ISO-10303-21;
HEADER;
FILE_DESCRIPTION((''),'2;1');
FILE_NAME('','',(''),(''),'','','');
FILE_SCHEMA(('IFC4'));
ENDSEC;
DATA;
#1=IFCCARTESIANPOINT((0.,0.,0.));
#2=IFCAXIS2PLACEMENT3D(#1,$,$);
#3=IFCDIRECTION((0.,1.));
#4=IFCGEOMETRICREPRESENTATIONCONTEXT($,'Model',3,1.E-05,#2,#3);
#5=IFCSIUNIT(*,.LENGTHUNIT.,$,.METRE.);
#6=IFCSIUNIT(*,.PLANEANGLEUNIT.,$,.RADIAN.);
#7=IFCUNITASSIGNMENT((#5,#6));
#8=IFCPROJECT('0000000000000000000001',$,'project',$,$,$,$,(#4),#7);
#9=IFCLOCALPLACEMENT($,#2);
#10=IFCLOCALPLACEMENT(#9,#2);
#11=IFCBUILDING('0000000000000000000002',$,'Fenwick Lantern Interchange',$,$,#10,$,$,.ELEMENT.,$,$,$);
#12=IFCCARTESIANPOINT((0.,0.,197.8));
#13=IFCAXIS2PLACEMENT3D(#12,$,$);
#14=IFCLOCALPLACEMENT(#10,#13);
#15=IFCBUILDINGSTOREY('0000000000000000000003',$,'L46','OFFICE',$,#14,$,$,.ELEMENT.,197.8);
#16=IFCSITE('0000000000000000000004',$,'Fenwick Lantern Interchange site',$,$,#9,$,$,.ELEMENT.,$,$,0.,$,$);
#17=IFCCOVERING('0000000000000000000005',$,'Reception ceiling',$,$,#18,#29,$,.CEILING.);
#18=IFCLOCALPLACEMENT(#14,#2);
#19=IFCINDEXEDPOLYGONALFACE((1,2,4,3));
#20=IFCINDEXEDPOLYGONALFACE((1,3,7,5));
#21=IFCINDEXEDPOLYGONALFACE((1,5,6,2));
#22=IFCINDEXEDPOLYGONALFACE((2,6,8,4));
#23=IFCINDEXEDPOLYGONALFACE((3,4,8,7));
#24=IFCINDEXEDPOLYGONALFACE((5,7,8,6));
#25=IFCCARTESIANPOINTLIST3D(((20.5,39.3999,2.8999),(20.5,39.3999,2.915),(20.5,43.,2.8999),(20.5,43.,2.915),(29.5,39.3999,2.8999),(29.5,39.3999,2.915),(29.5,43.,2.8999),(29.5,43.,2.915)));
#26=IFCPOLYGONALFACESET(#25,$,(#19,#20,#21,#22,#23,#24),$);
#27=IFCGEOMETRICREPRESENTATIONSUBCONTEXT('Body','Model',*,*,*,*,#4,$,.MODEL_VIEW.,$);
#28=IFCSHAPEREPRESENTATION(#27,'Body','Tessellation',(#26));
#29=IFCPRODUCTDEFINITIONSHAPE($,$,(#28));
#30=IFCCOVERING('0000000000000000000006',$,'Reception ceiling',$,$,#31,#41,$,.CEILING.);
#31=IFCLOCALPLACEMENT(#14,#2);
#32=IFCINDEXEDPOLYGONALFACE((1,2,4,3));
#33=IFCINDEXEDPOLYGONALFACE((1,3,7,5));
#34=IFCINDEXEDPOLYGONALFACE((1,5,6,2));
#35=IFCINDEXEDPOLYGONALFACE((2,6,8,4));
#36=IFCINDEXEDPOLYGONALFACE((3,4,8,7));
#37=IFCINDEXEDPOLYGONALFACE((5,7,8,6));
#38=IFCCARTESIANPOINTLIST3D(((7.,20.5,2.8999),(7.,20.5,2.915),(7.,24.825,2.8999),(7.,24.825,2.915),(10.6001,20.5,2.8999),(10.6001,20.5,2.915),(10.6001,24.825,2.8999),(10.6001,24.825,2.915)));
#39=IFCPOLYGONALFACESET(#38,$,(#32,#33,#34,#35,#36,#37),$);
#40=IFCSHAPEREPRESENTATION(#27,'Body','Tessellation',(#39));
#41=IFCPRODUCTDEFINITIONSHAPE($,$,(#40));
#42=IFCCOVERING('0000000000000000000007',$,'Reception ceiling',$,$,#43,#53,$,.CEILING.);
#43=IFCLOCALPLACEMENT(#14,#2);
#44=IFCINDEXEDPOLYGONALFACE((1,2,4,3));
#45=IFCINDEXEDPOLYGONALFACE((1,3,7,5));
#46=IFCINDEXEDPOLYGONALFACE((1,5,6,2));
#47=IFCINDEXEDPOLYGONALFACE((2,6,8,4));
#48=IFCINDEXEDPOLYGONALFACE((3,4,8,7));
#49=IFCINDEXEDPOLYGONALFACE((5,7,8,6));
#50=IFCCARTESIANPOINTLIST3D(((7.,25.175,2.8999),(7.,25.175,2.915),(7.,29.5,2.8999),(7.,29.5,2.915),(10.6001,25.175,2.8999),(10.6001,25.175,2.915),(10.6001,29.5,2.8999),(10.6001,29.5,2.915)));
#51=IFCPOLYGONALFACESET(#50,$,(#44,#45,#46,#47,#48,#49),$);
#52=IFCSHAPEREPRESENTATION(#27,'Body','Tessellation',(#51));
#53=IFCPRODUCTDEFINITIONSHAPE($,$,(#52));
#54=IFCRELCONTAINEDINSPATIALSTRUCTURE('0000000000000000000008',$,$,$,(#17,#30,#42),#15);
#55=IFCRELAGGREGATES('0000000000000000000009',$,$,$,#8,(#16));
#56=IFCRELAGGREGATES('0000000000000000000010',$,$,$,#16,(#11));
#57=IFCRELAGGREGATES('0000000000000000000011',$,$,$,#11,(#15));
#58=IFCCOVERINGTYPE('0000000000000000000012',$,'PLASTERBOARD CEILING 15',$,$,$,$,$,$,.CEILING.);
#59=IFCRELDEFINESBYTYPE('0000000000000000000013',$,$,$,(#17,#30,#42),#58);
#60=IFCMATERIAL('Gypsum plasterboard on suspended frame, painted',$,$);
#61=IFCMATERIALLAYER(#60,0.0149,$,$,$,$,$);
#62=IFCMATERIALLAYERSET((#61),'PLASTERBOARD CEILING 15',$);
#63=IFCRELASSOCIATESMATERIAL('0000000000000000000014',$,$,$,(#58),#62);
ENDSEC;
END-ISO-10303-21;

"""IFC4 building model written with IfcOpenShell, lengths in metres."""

from ifc_helpers import new_model, si_unit, direction, frame, origin, place, context, subcontext, project, spatial, polyline, outline, extrude, material, layer, layer_set, type_object, element, save


model = new_model("IFC4")

# Units and contexts
model_context = context("Model", 3, precision=1e-05, world=origin(), true_north=direction((0.0, 1.0)))
body_context = subcontext(model_context, "Body", "Model", "MODEL_VIEW")
ifc_project = project(units=[si_unit("LENGTHUNIT", "METRE"), si_unit("PLANEANGLEUNIT", "RADIAN")], contexts=[model_context])

# Site, building, storey
site_placement = place(None, origin())
site = spatial("IfcSite", under=ifc_project, at=site_placement, Name="Fenwick Lantern Interchange site", CompositionType="ELEMENT", RefElevation=0.0)
building_placement = place(site_placement, origin())
building = spatial("IfcBuilding", under=site, at=building_placement, Name="Fenwick Lantern Interchange", CompositionType="ELEMENT")
storey_placement = place(building_placement, frame((0.0, 0.0, 197.8)))
storey = spatial("IfcBuildingStorey", under=building, at=storey_placement, Name="L46", Description="OFFICE", CompositionType="ELEMENT", Elevation=197.8)

# Coverings
ifc_material_1 = material(Name="Gypsum plasterboard on suspended frame, painted")
ifc_layer_1 = layer(ifc_material_1, 0.0149)
ifc_layer_set_1 = layer_set([ifc_layer_1], Name="PLASTERBOARD CEILING 15")
covering_type_1 = type_object("IfcCoveringType", Name="PLASTERBOARD CEILING 15", PredefinedType="CEILING", material=ifc_layer_set_1)
covering_1_placement = place(storey_placement, frame((0.0, 0.0, 2.8999)))
element("IfcCovering", 1, at=covering_1_placement, inside=storey, type_object=covering_type_1, Name="Reception ceiling", PredefinedType="CEILING", context=body_context, shape_type="SweptSolid", body=[
    extrude(outline(polyline([(29.5, 43.0), (20.5, 43.0), (20.5, 39.3999), (29.5, 39.3999), (29.5, 43.0)])), origin(), (0.0, 0.0, 1.0), 0.0151),
])
covering_2_placement = place(storey_placement, frame((0.0, 0.0, 2.8999)))
element("IfcCovering", 2, at=covering_2_placement, inside=storey, type_object=covering_type_1, Name="Reception ceiling", PredefinedType="CEILING", context=body_context, shape_type="SweptSolid", body=[
    extrude(outline(polyline([(10.6001, 20.5), (10.6001, 24.825), (7.0, 24.825), (7.0, 20.5), (10.6001, 20.5)])), origin(), (0.0, 0.0, 1.0), 0.0151),
])
covering_3_placement = place(storey_placement, frame((0.0, 0.0, 2.8999)))
element("IfcCovering", 3, at=covering_3_placement, inside=storey, type_object=covering_type_1, Name="Reception ceiling", PredefinedType="CEILING", context=body_context, shape_type="SweptSolid", body=[
    extrude(outline(polyline([(10.6001, 29.5), (7.0, 29.5), (7.0, 25.175), (10.6001, 25.175), (10.6001, 29.5)])), origin(), (0.0, 0.0, 1.0), 0.0151),
])

save(model, "model.ifc")
